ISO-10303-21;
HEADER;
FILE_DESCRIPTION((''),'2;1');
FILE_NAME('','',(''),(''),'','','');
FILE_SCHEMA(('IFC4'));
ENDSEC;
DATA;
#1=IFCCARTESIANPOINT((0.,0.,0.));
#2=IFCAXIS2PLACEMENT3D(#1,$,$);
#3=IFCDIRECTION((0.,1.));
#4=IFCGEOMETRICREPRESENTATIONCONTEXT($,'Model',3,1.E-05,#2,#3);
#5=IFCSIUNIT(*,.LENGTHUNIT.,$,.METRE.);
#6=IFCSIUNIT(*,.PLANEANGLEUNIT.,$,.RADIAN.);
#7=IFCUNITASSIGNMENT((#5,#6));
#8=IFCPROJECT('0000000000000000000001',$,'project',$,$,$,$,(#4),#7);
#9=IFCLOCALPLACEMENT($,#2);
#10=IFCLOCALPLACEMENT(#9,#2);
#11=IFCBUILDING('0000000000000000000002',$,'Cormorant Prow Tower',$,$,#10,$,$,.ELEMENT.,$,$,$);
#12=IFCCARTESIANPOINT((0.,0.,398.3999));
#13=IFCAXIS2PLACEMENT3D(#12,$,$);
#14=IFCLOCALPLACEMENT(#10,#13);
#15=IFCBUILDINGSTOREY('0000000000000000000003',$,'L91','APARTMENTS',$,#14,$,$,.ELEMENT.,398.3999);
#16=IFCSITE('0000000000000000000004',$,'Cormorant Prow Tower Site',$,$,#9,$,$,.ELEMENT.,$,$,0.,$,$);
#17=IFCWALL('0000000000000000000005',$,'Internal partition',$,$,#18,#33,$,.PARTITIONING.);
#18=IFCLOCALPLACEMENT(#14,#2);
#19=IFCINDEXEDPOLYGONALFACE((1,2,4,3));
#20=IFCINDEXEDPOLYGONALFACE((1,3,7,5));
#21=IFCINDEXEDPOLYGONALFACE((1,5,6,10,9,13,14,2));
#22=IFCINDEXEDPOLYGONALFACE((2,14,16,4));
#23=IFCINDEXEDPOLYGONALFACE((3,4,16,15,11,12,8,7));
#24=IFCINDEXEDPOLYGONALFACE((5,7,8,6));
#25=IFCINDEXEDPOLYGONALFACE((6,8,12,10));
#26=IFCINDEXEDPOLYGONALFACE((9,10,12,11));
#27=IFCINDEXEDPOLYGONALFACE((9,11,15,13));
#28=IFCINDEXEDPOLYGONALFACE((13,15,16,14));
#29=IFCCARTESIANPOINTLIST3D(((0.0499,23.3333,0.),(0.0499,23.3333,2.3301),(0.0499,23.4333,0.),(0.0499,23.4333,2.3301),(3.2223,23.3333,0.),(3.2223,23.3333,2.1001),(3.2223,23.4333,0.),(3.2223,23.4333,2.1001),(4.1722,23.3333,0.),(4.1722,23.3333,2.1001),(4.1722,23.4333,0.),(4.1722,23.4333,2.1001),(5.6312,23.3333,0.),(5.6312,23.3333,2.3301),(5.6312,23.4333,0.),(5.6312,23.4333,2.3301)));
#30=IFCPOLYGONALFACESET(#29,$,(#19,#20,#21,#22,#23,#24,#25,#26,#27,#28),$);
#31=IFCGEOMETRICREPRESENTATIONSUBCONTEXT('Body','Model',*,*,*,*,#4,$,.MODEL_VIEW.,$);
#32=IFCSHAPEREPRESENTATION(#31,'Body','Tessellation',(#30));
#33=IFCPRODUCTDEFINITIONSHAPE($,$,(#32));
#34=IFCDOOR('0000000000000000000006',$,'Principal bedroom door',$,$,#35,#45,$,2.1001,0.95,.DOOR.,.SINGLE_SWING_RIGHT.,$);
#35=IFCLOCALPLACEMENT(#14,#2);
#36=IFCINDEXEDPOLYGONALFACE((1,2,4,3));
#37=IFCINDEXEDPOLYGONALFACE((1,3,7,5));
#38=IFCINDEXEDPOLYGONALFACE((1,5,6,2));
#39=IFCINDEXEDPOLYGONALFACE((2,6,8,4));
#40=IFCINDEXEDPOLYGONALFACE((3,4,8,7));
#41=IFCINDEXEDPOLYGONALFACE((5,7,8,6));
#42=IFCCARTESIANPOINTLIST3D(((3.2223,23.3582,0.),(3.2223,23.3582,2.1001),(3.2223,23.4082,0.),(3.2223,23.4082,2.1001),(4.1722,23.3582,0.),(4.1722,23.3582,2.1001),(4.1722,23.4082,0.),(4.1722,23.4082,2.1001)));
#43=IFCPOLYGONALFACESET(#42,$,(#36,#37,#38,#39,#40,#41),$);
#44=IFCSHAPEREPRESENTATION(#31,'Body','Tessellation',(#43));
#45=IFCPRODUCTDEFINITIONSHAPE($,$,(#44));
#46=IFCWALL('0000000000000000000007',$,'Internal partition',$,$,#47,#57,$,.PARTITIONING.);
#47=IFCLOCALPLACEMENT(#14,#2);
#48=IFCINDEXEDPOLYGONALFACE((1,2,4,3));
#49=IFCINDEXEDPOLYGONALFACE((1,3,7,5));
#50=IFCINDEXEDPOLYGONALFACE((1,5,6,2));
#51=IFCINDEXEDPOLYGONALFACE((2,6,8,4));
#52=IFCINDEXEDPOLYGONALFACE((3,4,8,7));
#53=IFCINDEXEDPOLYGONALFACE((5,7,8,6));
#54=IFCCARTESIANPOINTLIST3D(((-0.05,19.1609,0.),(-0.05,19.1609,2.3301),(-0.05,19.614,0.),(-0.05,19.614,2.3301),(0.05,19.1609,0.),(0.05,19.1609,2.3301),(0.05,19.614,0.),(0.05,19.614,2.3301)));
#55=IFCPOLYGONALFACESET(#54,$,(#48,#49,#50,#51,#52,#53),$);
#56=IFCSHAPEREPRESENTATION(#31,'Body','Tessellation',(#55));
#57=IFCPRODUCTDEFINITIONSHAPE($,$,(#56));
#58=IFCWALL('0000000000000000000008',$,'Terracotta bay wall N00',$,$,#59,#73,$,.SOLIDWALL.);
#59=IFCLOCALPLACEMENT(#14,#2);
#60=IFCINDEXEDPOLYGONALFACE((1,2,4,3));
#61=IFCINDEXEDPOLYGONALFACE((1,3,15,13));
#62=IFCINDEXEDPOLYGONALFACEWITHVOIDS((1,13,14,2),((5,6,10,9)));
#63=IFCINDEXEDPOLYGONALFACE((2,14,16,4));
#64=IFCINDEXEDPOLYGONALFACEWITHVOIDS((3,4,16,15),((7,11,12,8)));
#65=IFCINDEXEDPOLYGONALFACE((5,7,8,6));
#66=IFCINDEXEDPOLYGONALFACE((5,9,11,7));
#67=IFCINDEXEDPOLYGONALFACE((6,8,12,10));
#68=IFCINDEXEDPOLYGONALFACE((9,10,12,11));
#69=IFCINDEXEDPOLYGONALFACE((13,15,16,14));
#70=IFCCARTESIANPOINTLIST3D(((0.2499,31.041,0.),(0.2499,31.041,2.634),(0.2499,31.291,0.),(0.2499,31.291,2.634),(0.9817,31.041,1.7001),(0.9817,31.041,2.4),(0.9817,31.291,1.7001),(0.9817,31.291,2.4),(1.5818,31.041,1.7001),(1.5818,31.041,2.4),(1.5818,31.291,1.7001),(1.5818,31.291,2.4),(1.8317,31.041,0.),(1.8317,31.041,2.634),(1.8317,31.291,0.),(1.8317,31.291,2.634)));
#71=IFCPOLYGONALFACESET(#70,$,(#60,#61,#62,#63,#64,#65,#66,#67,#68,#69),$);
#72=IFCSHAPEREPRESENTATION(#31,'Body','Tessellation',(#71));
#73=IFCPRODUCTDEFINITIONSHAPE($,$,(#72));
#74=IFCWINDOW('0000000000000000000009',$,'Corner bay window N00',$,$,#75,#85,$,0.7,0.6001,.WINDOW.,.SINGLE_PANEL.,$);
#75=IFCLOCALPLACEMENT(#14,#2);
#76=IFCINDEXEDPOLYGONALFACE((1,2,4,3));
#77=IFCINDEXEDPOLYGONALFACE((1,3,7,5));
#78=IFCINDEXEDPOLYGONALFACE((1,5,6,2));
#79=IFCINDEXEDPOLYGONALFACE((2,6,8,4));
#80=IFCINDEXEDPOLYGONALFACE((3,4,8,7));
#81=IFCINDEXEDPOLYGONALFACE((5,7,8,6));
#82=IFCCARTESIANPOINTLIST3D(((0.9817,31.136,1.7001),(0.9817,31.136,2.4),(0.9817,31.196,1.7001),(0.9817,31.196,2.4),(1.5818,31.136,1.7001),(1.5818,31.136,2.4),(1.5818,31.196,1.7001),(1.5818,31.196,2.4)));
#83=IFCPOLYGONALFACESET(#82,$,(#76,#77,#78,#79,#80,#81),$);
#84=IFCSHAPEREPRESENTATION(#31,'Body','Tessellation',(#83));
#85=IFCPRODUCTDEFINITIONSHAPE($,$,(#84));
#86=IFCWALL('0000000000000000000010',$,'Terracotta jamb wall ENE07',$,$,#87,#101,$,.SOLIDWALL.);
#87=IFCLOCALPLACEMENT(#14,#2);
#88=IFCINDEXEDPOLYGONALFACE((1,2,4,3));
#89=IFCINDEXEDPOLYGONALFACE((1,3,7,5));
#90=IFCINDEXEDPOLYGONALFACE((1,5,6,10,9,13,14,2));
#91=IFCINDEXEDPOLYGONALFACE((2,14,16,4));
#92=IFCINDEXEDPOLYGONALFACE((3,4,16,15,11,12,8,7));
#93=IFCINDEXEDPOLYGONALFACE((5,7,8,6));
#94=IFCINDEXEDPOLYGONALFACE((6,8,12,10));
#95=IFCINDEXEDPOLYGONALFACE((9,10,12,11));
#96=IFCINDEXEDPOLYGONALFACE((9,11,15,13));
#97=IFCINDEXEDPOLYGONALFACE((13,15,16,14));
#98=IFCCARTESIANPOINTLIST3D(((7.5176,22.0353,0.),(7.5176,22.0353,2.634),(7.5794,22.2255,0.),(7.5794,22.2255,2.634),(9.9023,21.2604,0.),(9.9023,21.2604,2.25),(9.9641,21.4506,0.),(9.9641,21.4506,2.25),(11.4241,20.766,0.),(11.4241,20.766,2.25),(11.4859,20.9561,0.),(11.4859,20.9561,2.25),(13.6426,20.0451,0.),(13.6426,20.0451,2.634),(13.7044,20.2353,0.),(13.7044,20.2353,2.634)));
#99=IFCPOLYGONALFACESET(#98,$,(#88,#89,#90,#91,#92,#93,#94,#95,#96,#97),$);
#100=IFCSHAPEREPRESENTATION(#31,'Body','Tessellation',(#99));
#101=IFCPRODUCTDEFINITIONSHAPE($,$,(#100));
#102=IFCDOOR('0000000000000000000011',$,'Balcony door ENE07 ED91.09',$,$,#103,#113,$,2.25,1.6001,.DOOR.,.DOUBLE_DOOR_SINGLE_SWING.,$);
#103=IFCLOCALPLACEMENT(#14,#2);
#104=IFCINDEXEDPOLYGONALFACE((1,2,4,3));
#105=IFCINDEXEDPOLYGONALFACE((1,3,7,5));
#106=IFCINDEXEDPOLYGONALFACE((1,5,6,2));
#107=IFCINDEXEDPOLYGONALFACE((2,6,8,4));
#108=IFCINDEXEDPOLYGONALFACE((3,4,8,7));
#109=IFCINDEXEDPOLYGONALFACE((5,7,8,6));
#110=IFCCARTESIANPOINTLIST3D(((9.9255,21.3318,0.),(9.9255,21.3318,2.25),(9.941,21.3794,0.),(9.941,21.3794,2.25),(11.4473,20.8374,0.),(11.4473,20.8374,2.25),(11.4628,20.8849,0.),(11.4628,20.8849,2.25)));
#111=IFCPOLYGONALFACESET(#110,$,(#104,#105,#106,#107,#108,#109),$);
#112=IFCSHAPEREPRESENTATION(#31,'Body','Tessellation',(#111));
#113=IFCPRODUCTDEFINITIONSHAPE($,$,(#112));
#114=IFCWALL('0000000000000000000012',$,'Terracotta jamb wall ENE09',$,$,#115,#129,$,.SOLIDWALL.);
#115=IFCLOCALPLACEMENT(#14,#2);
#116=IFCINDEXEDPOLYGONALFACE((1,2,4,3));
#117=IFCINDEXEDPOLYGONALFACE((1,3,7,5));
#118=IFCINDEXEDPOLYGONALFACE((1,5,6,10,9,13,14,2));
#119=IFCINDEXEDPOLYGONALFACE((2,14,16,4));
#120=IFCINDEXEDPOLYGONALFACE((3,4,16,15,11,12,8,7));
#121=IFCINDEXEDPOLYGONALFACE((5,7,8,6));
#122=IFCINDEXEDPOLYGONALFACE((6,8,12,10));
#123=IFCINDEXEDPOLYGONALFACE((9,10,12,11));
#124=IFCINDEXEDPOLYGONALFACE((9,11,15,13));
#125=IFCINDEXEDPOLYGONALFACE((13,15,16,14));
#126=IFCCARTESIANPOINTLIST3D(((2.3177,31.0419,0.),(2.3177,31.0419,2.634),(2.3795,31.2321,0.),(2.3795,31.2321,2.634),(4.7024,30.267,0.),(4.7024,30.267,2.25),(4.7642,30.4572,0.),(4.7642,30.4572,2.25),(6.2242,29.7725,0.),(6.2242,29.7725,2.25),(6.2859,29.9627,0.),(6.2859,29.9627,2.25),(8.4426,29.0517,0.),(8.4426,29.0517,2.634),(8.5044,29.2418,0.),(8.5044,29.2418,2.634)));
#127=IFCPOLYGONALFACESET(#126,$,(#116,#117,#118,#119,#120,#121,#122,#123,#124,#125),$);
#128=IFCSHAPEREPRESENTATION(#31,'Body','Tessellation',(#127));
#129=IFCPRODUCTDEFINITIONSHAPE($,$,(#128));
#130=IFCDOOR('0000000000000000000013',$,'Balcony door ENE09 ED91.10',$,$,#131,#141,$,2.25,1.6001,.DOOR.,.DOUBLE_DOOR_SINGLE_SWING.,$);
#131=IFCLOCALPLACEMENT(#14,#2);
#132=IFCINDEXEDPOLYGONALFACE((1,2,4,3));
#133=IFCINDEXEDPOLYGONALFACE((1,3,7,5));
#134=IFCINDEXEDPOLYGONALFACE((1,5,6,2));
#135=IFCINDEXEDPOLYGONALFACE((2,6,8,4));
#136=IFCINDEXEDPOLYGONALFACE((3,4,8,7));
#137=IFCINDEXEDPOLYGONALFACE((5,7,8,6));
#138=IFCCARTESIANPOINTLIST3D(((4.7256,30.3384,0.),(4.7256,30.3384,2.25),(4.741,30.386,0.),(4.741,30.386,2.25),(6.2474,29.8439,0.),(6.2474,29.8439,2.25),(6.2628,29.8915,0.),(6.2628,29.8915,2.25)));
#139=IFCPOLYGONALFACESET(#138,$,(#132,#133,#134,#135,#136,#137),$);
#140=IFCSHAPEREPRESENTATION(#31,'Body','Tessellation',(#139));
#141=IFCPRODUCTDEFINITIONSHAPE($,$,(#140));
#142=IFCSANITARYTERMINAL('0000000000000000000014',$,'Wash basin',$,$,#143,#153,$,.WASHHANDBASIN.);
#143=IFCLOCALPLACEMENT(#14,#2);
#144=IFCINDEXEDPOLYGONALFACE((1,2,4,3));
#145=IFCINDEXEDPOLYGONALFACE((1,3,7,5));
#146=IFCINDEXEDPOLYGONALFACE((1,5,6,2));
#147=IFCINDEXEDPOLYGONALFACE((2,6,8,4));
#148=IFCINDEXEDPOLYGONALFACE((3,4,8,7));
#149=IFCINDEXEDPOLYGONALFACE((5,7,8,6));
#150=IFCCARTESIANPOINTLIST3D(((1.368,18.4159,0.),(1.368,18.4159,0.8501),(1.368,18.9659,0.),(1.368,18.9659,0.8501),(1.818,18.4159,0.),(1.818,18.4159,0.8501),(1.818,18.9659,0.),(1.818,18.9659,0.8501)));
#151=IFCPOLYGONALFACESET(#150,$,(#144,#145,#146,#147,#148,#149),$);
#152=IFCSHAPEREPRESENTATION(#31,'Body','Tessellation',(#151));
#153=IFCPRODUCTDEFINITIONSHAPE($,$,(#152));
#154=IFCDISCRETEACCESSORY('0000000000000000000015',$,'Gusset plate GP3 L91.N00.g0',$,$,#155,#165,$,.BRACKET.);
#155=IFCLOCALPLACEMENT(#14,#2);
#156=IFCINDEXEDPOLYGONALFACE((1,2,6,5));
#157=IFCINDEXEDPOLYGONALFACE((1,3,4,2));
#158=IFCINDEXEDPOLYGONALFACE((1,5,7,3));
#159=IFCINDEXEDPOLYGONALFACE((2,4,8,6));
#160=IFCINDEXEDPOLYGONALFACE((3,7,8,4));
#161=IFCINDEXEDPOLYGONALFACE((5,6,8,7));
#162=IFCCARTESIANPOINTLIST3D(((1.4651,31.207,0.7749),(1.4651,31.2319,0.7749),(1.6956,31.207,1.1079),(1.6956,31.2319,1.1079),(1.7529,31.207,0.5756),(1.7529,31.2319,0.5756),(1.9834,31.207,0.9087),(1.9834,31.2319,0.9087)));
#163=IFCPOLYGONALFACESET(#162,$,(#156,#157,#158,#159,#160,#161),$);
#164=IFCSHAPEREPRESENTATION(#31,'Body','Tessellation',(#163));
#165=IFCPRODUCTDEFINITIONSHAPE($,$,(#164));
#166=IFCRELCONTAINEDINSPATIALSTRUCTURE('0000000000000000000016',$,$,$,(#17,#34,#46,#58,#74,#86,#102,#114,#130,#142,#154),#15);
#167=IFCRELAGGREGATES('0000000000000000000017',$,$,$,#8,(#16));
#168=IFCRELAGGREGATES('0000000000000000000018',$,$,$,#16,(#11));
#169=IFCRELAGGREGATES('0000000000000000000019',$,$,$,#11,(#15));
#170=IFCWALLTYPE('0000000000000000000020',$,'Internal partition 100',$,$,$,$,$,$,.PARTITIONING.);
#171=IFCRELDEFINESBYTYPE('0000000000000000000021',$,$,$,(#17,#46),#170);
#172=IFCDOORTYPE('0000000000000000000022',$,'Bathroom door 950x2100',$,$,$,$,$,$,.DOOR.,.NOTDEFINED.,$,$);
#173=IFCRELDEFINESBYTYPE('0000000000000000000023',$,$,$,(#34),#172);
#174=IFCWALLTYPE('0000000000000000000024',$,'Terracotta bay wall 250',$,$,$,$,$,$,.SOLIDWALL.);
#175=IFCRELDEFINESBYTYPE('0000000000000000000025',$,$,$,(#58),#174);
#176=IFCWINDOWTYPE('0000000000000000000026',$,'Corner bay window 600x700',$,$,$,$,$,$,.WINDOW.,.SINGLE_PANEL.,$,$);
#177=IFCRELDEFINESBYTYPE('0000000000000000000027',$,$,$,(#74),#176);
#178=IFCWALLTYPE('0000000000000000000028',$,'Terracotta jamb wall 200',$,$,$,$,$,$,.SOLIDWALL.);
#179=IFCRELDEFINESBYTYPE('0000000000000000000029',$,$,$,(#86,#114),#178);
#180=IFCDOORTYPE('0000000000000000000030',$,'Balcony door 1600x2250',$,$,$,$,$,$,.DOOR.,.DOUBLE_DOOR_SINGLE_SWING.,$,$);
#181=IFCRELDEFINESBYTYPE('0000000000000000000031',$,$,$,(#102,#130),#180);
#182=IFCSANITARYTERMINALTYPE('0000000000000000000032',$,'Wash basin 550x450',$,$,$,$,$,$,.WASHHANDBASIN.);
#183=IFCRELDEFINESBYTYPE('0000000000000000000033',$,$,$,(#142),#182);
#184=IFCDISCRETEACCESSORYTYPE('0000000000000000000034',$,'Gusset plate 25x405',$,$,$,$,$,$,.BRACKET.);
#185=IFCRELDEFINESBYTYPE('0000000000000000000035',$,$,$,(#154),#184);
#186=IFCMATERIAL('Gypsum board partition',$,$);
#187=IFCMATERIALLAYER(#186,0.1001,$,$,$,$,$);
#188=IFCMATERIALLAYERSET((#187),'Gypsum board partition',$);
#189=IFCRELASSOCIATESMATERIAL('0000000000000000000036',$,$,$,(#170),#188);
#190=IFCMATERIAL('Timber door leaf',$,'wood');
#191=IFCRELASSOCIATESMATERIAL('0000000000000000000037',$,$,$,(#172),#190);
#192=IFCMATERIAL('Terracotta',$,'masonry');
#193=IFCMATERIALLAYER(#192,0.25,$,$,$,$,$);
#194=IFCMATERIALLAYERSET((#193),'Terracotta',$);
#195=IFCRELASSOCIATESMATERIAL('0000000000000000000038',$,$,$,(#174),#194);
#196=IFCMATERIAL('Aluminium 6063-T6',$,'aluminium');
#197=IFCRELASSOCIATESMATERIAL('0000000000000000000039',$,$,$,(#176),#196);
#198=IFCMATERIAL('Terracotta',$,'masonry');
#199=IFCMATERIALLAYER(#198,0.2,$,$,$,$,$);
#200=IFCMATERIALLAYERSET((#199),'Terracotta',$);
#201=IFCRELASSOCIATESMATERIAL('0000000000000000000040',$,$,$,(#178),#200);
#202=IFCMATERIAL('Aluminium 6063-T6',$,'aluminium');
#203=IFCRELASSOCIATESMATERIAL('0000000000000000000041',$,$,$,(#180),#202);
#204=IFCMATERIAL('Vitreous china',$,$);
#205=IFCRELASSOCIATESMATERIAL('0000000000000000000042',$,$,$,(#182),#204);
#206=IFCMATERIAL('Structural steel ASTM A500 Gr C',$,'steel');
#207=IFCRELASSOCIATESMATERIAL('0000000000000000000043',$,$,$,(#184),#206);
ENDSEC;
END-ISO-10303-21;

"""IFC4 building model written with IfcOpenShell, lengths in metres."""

from ifc_helpers import new_model, si_unit, direction, frame, frame_2d, origin, origin_2d, place, context, subcontext, project, spatial, rectangle, extrude, material, layer, layer_set, material_profile, profile_set, type_object, element, fill, save


model = new_model("IFC4")

# Units and contexts
model_context = context("Model", 3, precision=1e-05, world=origin(), true_north=direction((0.0, 1.0)))
body_context = subcontext(model_context, "Body", "Model", "MODEL_VIEW")
ifc_project = project(units=[si_unit("LENGTHUNIT", "METRE"), si_unit("PLANEANGLEUNIT", "RADIAN")], contexts=[model_context])

# Site, building, storey
site_placement = place(None, origin())
site = spatial("IfcSite", under=ifc_project, at=site_placement, Name="Cormorant Prow Tower Site", CompositionType="ELEMENT", RefElevation=0.0)
building_placement = place(site_placement, origin())
building = spatial("IfcBuilding", under=site, at=building_placement, Name="Cormorant Prow Tower", CompositionType="ELEMENT")
storey_placement = place(building_placement, frame((0.0, 0.0, 398.3999)))
storey = spatial("IfcBuildingStorey", under=building, at=storey_placement, Name="L91", Description="APARTMENTS", CompositionType="ELEMENT", Elevation=398.3999)

# Wall, opening, door
ifc_material_1 = material(Name="Gypsum board partition")
ifc_layer_1 = layer(ifc_material_1, 0.1001)
ifc_layer_set_1 = layer_set([ifc_layer_1], Name="Gypsum board partition")
wall_type_1 = type_object("IfcWallType", Name="Internal partition 100", PredefinedType="PARTITIONING", material=ifc_layer_set_1)
ifc_material_2 = material(Name="Timber door leaf", Category="wood")
door_type_1 = type_object("IfcDoorType", Name="Bathroom door 950x2100", OperationType="NOTDEFINED", PredefinedType="DOOR", material=ifc_material_2)
wall_1_placement = place(storey_placement, frame((0.05, 23.3833, 0.0), z_axis=(0.0, 0.0, 1.0), x_axis=(1.0, 0.0, 0.0)))
wall_1 = element("IfcWall", 1, at=wall_1_placement, inside=storey, type_object=wall_type_1, Name="Internal partition", PredefinedType="PARTITIONING", context=body_context, shape_type="SweptSolid", body=[
    extrude(rectangle(XDim=5.5813, YDim=0.1001, at=frame_2d((2.7905, 0.0))), origin(), (0.0, 0.0, 1.0), 2.3301),
])
opening_1_placement = place(wall_1_placement, frame((3.1721, 0.0, 0.0)))
opening_1 = element("IfcOpeningElement", 2, at=opening_1_placement, cuts=wall_1, PredefinedType="OPENING", context=body_context, shape_type="SweptSolid", body=[
    extrude(rectangle(XDim=0.95, YDim=2.1001, at=frame_2d((0.4751, 1.05))), frame((0.0, 0.0601, 0.0), z_axis=(0.0, -1.0, 0.0), x_axis=(1.0, 0.0, 0.0)), (0.0, 0.0, 1.0), 0.1201),
])
door_1_placement = place(opening_1_placement, origin())
door_1 = element("IfcDoor", 3, at=door_1_placement, inside=storey, type_object=door_type_1, Name="Principal bedroom door", OperationType="SINGLE_SWING_RIGHT", OverallHeight=2.1001, OverallWidth=0.95, PredefinedType="DOOR", context=body_context, shape_type="SweptSolid", body=[
    extrude(rectangle(XDim=0.95, YDim=2.1001, at=frame_2d((0.4751, 1.05))), frame((0.0, 0.0249, 0.0), z_axis=(0.0, -1.0, 0.0), x_axis=(1.0, 0.0, 0.0)), (0.0, 0.0, 1.0), 0.05),
])
fill(opening_1, door_1)

# Wall
wall_2_placement = place(storey_placement, frame((0.0, 19.1609, 0.0), z_axis=(0.0, 0.0, 1.0), x_axis=(0.0, 1.0, 0.0)))
element("IfcWall", 4, at=wall_2_placement, inside=storey, type_object=wall_type_1, Name="Internal partition", PredefinedType="PARTITIONING", context=body_context, shape_type="SweptSolid", body=[
    extrude(rectangle(XDim=0.4531, YDim=0.1001, at=frame_2d((0.2266, 0.0))), origin(), (0.0, 0.0, 1.0), 2.3301),
])

# Wall, opening, window
ifc_material_3 = material(Name="Terracotta", Category="masonry")
ifc_layer_2 = layer(ifc_material_3, 0.25)
ifc_layer_set_2 = layer_set([ifc_layer_2], Name="Terracotta")
wall_type_2 = type_object("IfcWallType", Name="Terracotta bay wall 250", PredefinedType="SOLIDWALL", material=ifc_layer_set_2)
wall_3_placement = place(storey_placement, frame((1.8318, 31.166, 0.0), z_axis=(0.0, 0.0, 1.0), x_axis=(-1.0, 0.0, 0.0)))
wall_3 = element("IfcWall", 5, at=wall_3_placement, inside=storey, type_object=wall_type_2, Name="Terracotta bay wall N00", PredefinedType="SOLIDWALL", context=body_context, shape_type="SweptSolid", body=[
    extrude(rectangle(XDim=1.5818, YDim=0.25, at=frame_2d((0.791, 0.0))), origin(), (0.0, 0.0, 1.0), 2.634),
])
opening_2_placement = place(wall_3_placement, frame((0.25, 0.0, 1.7)))
opening_2 = element("IfcOpeningElement", 6, at=opening_2_placement, cuts=wall_3, PredefinedType="OPENING", context=body_context, shape_type="SweptSolid", body=[
    extrude(rectangle(XDim=0.6001, YDim=0.7, at=frame_2d((0.3, 0.3501))), frame((0.0, 0.135, 0.0), z_axis=(0.0, -1.0, 0.0), x_axis=(1.0, 0.0, 0.0)), (0.0, 0.0, 1.0), 0.27),
])
ifc_material_4 = material(Name="Aluminium 6063-T6", Category="aluminium")
window_type = type_object("IfcWindowType", Name="Corner bay window 600x700", PartitioningType="SINGLE_PANEL", PredefinedType="WINDOW", material=ifc_material_4)
window_placement = place(opening_2_placement, origin())
window = element("IfcWindow", 7, at=window_placement, inside=storey, type_object=window_type, Name="Corner bay window N00", OverallHeight=0.7, OverallWidth=0.6001, PartitioningType="SINGLE_PANEL", PredefinedType="WINDOW", context=body_context, shape_type="SweptSolid", body=[
    extrude(rectangle(XDim=0.6001, YDim=0.7, at=frame_2d((0.3, 0.3501))), frame((0.0, 0.03, 0.0), z_axis=(0.0, -1.0, 0.0), x_axis=(1.0, 0.0, 0.0)), (0.0, 0.0, 1.0), 0.0601),
])
fill(opening_2, window)

# Walls, openings, doors
ifc_material_5 = material(Name="Terracotta", Category="masonry")
ifc_layer_3 = layer(ifc_material_5, 0.2)
ifc_layer_set_3 = layer_set([ifc_layer_3], Name="Terracotta")
wall_type_3 = type_object("IfcWallType", Name="Terracotta jamb wall 200", PredefinedType="SOLIDWALL", material=ifc_layer_set_3)
wall_4_placement = place(storey_placement, frame((13.6736, 20.1401, 0.0), z_axis=(0.0, 0.0, 1.0), x_axis=(-0.951052, 0.309031, 0.0)))
wall_4 = element("IfcWall", 8, at=wall_4_placement, inside=storey, type_object=wall_type_3, Name="Terracotta jamb wall ENE07", PredefinedType="SOLIDWALL", context=body_context, shape_type="SweptSolid", body=[
    extrude(rectangle(XDim=6.4402, YDim=0.2, at=frame_2d((3.2202, 0.0))), origin(), (0.0, 0.0, 1.0), 2.634),
])
opening_3_placement = place(wall_4_placement, frame((2.3328, 0.0, 0.0)))
opening_3 = element("IfcOpeningElement", 9, at=opening_3_placement, cuts=wall_4, PredefinedType="OPENING", context=body_context, shape_type="SweptSolid", body=[
    extrude(rectangle(XDim=1.6001, YDim=2.25, at=frame_2d((0.8, 1.125))), frame((0.0, 0.1099, 0.0), z_axis=(0.0, -1.0, 0.0), x_axis=(1.0, 0.0, 0.0)), (0.0, 0.0, 1.0), 0.22),
])
ifc_material_6 = material(Name="Aluminium 6063-T6", Category="aluminium")
door_type_2 = type_object("IfcDoorType", Name="Balcony door 1600x2250", OperationType="DOUBLE_DOOR_SINGLE_SWING", PredefinedType="DOOR", material=ifc_material_6)
door_2_placement = place(opening_3_placement, origin())
door_2 = element("IfcDoor", 10, at=door_2_placement, inside=storey, type_object=door_type_2, Name="Balcony door ENE07 ED91.09", OperationType="DOUBLE_DOOR_SINGLE_SWING", OverallHeight=2.25, OverallWidth=1.6001, PredefinedType="DOOR", context=body_context, shape_type="SweptSolid", body=[
    extrude(rectangle(XDim=1.6001, YDim=2.25, at=frame_2d((0.8, 1.125))), frame((0.0, 0.0249, 0.0), z_axis=(0.0, -1.0, 0.0), x_axis=(1.0, 0.0, 0.0)), (0.0, 0.0, 1.0), 0.05),
])
fill(opening_3, door_2)
wall_5_placement = place(storey_placement, frame((8.4736, 29.1467, 0.0), z_axis=(0.0, 0.0, 1.0), x_axis=(-0.951052, 0.309031, 0.0)))
wall_5 = element("IfcWall", 11, at=wall_5_placement, inside=storey, type_object=wall_type_3, Name="Terracotta jamb wall ENE09", PredefinedType="SOLIDWALL", context=body_context, shape_type="SweptSolid", body=[
    extrude(rectangle(XDim=6.4402, YDim=0.2, at=frame_2d((3.2202, 0.0))), origin(), (0.0, 0.0, 1.0), 2.634),
])
opening_4_placement = place(wall_5_placement, frame((2.3328, 0.0, 0.0)))
opening_4 = element("IfcOpeningElement", 12, at=opening_4_placement, cuts=wall_5, PredefinedType="OPENING", context=body_context, shape_type="SweptSolid", body=[
    extrude(rectangle(XDim=1.6001, YDim=2.25, at=frame_2d((0.8, 1.125))), frame((0.0, 0.1099, 0.0), z_axis=(0.0, -1.0, 0.0), x_axis=(1.0, 0.0, 0.0)), (0.0, 0.0, 1.0), 0.22),
])
door_3_placement = place(opening_4_placement, origin())
door_3 = element("IfcDoor", 13, at=door_3_placement, inside=storey, type_object=door_type_2, Name="Balcony door ENE09 ED91.10", OperationType="DOUBLE_DOOR_SINGLE_SWING", OverallHeight=2.25, OverallWidth=1.6001, PredefinedType="DOOR", context=body_context, shape_type="SweptSolid", body=[
    extrude(rectangle(XDim=1.6001, YDim=2.25, at=frame_2d((0.8, 1.125))), frame((0.0, 0.0249, 0.0), z_axis=(0.0, -1.0, 0.0), x_axis=(1.0, 0.0, 0.0)), (0.0, 0.0, 1.0), 0.05),
])
fill(opening_4, door_3)

# Sanitary terminal
ifc_material_7 = material(Name="Vitreous china")
sanitary_terminal_type = type_object("IfcSanitaryTerminalType", Name="Wash basin 550x450", PredefinedType="WASHHANDBASIN", material=ifc_material_7)
sanitary_terminal_placement = place(storey_placement, frame((1.593, 18.6909, 0.0), z_axis=(0.0, 0.0, 1.0), x_axis=(0.0, -1.0, 0.0)))
element("IfcSanitaryTerminal", 14, at=sanitary_terminal_placement, inside=storey, type_object=sanitary_terminal_type, Name="Wash basin", PredefinedType="WASHHANDBASIN", context=body_context, shape_type="SweptSolid", body=[
    extrude(rectangle(XDim=0.55, YDim=0.45, at=origin_2d()), origin(), (0.0, 0.0, 1.0), 0.8501),
])

# Discrete accessory
ifc_material_8 = material(Name="Structural steel ASTM A500 Gr C", Category="steel")
ifc_material_profile_1 = material_profile(ifc_material_8, rectangle(XDim=0.0249, YDim=0.405, at=origin_2d()), Name="Gusset plate 25x405")
ifc_profile_set_1 = profile_set([ifc_material_profile_1], Name="Structural steel ASTM A500 Gr C")
discrete_accessory_type = type_object("IfcDiscreteAccessoryType", Name="Gusset plate 25x405", PredefinedType="BRACKET", material=ifc_profile_set_1)
discrete_accessory_1_placement = place(storey_placement, frame((1.5803, 31.2195, 0.9414), z_axis=(0.822268, 0.0, -0.569101), x_axis=(0.0, 1.0, 0.0)))
element("IfcDiscreteAccessory", 15, at=discrete_accessory_1_placement, inside=storey, type_object=discrete_accessory_type, Name="Gusset plate GP3 L91.N00.g0", PredefinedType="BRACKET", context=body_context, shape_type="SweptSolid", body=[
    extrude(rectangle(XDim=0.0249, YDim=0.405, at=origin_2d()), origin(), (0.0, 0.0, 1.0), 0.3501),
])

save(model, "model.ifc")
